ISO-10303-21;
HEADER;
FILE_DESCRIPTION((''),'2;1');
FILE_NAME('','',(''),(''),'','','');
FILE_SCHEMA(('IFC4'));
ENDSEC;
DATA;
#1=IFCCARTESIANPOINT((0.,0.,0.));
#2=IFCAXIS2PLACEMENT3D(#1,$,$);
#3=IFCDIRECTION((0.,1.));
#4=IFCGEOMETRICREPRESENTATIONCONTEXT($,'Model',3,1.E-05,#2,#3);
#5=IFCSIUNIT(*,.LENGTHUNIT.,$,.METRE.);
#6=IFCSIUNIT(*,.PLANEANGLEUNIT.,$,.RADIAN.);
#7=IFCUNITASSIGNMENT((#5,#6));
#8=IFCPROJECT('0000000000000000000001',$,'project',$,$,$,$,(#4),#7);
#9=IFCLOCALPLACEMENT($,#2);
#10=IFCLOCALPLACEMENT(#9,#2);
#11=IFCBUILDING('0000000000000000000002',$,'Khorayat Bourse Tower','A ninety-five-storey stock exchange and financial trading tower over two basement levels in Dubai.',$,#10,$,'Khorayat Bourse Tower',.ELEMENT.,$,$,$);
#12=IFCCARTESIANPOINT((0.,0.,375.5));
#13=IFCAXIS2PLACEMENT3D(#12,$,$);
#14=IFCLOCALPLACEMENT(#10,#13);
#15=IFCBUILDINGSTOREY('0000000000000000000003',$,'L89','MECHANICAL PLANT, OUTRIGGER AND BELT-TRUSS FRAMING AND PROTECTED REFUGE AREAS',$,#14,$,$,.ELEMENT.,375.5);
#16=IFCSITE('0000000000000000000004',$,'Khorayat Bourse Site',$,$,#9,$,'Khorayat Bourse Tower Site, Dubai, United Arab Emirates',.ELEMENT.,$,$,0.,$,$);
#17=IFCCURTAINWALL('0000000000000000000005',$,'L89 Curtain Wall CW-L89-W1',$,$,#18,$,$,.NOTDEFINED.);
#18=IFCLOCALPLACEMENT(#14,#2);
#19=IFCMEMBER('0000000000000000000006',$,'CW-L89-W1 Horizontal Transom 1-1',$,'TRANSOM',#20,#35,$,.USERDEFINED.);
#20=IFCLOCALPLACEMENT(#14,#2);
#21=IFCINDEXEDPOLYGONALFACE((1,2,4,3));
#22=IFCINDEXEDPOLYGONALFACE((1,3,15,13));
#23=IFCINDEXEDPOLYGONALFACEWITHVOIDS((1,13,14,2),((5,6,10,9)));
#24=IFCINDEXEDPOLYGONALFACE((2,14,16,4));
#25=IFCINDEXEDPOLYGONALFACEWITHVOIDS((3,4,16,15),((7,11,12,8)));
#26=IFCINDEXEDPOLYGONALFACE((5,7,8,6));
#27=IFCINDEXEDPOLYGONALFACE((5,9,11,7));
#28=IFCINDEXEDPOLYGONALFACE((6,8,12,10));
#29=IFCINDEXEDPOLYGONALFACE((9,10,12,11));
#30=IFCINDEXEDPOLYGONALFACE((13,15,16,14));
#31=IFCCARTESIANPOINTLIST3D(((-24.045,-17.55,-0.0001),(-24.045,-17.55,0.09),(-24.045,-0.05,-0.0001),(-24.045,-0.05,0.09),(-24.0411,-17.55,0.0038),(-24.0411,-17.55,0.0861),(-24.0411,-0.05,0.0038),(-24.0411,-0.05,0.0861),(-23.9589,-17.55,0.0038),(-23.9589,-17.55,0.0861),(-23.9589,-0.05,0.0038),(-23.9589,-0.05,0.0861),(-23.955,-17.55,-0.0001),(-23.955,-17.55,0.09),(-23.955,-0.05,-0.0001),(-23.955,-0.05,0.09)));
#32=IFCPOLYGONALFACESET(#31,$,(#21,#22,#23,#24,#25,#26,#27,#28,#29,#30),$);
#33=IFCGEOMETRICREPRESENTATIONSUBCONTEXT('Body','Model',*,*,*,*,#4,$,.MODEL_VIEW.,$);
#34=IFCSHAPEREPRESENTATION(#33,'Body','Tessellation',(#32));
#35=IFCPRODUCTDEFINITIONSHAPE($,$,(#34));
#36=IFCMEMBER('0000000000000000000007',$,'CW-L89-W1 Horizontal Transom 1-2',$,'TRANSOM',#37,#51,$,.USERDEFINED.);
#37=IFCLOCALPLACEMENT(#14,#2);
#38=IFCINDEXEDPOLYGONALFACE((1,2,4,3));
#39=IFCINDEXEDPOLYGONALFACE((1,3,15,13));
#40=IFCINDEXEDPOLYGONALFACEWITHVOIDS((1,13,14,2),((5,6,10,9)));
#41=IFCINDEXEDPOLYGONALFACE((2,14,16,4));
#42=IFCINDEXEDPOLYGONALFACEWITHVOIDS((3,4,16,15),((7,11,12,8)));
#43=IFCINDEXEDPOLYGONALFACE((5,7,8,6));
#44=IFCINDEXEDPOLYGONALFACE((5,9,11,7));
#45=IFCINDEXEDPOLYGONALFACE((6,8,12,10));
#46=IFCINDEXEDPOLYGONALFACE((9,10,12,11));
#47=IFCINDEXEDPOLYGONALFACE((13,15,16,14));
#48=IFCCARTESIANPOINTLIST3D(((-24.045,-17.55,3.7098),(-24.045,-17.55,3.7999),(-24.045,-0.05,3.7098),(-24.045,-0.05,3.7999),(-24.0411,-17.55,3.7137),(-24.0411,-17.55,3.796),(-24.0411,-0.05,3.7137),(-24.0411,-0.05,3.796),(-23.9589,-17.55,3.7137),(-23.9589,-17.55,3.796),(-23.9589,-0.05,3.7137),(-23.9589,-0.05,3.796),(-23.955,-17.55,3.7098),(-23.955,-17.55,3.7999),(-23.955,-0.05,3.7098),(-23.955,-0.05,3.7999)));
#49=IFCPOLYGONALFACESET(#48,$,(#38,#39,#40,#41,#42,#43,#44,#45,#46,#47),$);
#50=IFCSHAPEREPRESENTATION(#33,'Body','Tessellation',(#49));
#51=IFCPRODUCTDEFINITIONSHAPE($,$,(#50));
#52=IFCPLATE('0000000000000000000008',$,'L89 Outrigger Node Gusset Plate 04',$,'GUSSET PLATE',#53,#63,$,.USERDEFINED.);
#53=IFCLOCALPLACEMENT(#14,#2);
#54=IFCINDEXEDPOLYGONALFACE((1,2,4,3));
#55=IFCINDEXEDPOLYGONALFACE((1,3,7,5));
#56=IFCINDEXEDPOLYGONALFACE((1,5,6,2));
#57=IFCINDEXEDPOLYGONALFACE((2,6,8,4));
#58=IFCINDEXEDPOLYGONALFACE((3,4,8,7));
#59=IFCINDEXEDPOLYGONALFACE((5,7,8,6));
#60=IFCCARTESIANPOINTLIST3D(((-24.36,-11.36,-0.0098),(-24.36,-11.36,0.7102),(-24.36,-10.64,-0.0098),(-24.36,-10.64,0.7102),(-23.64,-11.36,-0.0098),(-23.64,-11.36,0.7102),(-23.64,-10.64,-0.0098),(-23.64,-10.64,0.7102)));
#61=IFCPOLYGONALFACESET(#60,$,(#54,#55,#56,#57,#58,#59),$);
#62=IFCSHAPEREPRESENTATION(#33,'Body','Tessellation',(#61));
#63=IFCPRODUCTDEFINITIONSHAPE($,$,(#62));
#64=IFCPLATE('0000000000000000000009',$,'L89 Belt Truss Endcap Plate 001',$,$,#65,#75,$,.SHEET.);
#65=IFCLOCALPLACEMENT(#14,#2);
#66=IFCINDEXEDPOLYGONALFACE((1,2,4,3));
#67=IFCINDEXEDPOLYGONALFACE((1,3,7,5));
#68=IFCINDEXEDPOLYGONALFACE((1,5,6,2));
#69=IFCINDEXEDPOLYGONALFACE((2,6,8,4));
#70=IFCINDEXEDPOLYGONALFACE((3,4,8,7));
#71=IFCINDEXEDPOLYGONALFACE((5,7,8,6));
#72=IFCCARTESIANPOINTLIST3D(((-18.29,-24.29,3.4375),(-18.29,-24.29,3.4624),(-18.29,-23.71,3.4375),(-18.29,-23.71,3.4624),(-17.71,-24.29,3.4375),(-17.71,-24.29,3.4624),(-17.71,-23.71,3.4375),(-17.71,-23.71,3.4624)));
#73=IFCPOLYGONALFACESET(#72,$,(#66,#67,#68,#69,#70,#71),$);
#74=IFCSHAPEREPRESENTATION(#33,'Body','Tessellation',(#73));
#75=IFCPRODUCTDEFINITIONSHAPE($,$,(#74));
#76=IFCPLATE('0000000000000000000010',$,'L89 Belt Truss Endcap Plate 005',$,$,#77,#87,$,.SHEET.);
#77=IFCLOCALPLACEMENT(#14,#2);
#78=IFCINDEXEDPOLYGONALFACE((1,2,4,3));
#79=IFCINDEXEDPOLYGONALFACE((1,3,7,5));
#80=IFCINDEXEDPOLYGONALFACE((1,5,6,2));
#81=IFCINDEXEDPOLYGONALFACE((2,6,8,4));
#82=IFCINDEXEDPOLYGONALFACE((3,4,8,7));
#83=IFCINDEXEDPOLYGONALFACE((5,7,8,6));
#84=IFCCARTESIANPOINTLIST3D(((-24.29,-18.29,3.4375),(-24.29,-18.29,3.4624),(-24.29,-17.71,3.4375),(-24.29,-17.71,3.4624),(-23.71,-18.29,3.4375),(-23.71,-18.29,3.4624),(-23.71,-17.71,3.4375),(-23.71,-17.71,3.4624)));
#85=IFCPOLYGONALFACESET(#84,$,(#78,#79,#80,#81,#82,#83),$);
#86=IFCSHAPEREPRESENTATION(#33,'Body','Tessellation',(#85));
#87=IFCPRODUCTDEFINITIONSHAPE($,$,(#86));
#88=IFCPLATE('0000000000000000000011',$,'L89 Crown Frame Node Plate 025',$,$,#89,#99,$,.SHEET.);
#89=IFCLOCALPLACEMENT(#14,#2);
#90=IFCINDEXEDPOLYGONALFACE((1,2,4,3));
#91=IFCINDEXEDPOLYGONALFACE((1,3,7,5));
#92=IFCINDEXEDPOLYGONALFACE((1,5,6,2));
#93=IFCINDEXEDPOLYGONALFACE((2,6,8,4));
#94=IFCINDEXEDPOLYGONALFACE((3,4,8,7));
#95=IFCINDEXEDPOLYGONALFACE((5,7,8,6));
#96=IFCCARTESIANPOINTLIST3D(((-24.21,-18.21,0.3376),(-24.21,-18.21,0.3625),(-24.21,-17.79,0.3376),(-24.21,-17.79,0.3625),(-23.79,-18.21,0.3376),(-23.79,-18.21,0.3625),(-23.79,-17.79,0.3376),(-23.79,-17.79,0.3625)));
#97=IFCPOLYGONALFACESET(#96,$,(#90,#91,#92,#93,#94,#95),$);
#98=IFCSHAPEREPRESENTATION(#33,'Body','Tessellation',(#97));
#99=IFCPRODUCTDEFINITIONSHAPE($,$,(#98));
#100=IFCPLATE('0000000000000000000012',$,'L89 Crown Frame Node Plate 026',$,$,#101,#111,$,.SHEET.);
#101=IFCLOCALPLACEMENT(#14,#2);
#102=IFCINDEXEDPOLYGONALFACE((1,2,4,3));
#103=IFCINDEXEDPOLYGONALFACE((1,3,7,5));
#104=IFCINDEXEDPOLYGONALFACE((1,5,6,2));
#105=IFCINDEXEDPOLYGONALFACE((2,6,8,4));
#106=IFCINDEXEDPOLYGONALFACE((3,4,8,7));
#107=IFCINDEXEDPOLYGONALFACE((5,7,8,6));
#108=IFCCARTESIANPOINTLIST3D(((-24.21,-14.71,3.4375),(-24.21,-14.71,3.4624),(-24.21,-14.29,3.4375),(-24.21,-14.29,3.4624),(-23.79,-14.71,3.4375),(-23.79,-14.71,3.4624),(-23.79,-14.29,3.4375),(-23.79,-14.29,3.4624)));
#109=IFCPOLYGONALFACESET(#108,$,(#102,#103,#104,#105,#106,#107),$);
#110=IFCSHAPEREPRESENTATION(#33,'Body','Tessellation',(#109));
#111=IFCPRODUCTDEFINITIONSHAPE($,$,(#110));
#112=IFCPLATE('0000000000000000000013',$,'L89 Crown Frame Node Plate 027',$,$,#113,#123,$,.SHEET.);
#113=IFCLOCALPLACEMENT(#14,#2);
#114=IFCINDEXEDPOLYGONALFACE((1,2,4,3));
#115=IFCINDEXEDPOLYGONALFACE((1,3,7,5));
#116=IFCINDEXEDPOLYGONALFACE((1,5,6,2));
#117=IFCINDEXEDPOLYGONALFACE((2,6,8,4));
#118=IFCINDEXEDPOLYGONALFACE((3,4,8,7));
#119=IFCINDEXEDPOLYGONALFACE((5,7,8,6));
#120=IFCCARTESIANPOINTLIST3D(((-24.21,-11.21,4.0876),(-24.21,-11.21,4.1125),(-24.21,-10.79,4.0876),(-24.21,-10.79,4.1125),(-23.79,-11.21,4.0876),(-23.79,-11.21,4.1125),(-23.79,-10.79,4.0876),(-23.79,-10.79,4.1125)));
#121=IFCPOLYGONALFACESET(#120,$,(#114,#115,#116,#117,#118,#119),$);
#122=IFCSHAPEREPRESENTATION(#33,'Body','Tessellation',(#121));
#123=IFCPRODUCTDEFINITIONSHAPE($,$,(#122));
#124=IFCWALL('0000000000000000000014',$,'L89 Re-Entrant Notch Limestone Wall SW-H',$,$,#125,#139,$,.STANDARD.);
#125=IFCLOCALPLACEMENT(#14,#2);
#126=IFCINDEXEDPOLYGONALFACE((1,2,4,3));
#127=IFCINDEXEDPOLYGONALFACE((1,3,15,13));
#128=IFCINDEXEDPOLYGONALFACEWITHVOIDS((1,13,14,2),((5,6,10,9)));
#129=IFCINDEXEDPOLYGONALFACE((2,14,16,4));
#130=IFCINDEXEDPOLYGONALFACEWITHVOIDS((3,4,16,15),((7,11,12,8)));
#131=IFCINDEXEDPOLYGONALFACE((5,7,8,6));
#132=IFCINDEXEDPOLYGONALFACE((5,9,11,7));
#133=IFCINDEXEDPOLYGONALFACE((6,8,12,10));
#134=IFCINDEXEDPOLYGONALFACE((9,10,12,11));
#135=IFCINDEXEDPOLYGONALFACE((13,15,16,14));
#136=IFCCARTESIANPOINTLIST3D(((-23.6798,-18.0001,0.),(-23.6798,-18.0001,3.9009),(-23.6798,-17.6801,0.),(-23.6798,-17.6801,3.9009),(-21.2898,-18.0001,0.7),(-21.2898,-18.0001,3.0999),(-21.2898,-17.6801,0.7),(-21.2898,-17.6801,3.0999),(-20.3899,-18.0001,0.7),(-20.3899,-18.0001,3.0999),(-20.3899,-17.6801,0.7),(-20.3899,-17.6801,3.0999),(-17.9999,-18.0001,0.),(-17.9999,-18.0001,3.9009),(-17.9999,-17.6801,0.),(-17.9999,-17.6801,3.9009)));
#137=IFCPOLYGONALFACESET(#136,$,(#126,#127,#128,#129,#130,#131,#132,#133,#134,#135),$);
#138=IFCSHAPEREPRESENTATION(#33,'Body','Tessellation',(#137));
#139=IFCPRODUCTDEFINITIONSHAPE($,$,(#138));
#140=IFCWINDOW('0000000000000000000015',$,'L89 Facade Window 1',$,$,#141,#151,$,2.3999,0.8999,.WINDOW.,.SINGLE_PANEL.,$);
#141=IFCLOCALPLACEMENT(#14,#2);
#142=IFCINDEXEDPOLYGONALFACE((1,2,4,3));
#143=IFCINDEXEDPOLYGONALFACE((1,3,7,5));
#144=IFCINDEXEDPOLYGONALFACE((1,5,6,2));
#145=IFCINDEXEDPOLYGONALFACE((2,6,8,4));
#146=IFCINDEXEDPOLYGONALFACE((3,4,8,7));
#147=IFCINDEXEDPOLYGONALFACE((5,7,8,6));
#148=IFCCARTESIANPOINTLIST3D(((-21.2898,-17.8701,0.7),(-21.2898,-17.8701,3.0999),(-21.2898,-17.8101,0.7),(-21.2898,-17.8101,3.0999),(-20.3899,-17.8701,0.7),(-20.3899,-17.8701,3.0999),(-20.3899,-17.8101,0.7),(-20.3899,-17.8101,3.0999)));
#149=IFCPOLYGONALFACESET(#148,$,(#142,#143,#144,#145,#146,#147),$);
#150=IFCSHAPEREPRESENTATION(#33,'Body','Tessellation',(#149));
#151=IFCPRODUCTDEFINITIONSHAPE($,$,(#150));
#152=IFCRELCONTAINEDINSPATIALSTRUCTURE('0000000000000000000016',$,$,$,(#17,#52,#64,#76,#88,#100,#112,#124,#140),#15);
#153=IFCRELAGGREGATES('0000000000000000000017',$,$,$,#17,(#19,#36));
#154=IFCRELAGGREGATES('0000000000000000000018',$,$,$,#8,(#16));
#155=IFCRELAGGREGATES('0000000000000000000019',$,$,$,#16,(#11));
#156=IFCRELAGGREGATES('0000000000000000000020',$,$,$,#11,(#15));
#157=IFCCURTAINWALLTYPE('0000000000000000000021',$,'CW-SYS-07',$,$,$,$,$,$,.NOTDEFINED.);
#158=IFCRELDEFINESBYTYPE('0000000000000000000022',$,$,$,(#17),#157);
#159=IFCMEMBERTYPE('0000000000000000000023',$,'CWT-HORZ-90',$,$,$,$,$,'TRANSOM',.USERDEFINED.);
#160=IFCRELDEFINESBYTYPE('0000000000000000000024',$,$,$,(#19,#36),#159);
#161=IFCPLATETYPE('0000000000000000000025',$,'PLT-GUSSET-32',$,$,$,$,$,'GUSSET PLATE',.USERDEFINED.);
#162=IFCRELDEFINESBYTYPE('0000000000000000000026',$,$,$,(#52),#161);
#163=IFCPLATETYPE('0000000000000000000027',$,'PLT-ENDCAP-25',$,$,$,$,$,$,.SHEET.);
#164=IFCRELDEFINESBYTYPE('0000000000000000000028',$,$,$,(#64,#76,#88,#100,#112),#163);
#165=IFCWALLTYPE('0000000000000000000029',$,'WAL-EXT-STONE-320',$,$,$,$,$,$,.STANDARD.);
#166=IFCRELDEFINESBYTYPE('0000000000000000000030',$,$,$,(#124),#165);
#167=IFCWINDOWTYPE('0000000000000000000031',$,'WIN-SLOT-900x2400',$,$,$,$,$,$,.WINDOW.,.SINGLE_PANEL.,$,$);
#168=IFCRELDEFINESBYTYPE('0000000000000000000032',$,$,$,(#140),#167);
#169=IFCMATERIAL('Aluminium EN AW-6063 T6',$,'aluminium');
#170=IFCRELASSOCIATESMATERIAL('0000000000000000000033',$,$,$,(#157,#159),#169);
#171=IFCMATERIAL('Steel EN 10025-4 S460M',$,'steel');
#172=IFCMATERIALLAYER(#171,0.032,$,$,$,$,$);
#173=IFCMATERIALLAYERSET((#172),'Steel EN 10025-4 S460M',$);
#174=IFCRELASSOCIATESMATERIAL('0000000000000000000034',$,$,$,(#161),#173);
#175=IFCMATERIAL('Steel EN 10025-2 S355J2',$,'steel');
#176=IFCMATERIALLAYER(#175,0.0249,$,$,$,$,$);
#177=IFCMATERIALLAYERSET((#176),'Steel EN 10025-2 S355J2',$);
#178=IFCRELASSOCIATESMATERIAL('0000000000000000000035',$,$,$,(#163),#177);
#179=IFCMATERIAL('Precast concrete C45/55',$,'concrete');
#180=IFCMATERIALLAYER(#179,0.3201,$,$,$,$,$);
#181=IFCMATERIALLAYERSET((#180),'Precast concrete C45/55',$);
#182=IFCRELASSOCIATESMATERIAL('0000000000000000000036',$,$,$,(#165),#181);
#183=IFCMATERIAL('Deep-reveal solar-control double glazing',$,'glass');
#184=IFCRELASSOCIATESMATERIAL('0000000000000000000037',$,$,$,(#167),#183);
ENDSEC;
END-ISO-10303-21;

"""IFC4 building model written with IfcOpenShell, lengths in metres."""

from ifc_helpers import new_model, si_unit, direction, frame, frame_2d, origin, origin_2d, place, context, subcontext, project, spatial, rectangle, hollow_rectangle, extrude, source, transform, mapped, material, layer, layer_set, material_profile, profile_set, type_object, element, fill, aggregate, save


model = new_model("IFC4")

# Units and contexts
model_context = context("Model", 3, precision=1e-05, world=origin(), true_north=direction((0.0, 1.0)))
body_context = subcontext(model_context, "Body", "Model", "MODEL_VIEW")
ifc_project = project(units=[si_unit("LENGTHUNIT", "METRE"), si_unit("PLANEANGLEUNIT", "RADIAN")], contexts=[model_context])

# Site, building, storey
site_placement = place(None, origin())
site = spatial("IfcSite", under=ifc_project, at=site_placement, Name="Khorayat Bourse Site", LongName="Khorayat Bourse Tower Site, Dubai, United Arab Emirates", CompositionType="ELEMENT", RefElevation=0.0)
building_placement = place(site_placement, origin())
building = spatial("IfcBuilding", under=site, at=building_placement, Name="Khorayat Bourse Tower", Description="A ninety-five-storey stock exchange and financial trading tower over two basement levels in Dubai.", LongName="Khorayat Bourse Tower", CompositionType="ELEMENT")
storey_placement = place(building_placement, frame((0.0, 0.0, 375.5)))
storey = spatial("IfcBuildingStorey", under=building, at=storey_placement, Name="L89", Description="MECHANICAL PLANT, OUTRIGGER AND BELT-TRUSS FRAMING AND PROTECTED REFUGE AREAS", CompositionType="ELEMENT", Elevation=375.5)

# Shared definitions
ifc_material_1 = material(Name="Steel EN 10025-2 S355J2", Category="steel")

# Shared definitions
ifc_material_2 = material(Name="Steel EN 10025-4 S460M", Category="steel")

# Curtain wall, members
ifc_material_3 = material(Name="Aluminium EN AW-6063 T6", Category="aluminium")
curtain_wall_type = type_object("IfcCurtainWallType", Name="CW-SYS-07", PredefinedType="NOTDEFINED", material=ifc_material_3)
curtain_wall_placement = place(storey_placement, origin())
curtain_wall = element("IfcCurtainWall", 1, at=curtain_wall_placement, inside=storey, type_object=curtain_wall_type, Name="L89 Curtain Wall CW-L89-W1", PredefinedType="NOTDEFINED")
ifc_material_profile_1 = material_profile(ifc_material_3, hollow_rectangle(XDim=0.0901, YDim=0.0901, WallThickness=0.0039, at=origin_2d()), Name="ALU 90x90x4")
ifc_profile_set_1 = profile_set([ifc_material_profile_1], Name="Aluminium EN AW-6063 T6")
member_type_1 = type_object("IfcMemberType", Name="CWT-HORZ-90", ElementType="TRANSOM", PredefinedType="USERDEFINED", material=ifc_profile_set_1)
shared_shape_1 = source(origin(), body_context, "Body", "SweptSolid", [
    extrude(hollow_rectangle(XDim=0.0901, YDim=0.0901, WallThickness=0.0039, at=origin_2d()), origin(), (0.0, 0.0, 1.0), 17.5),
])
member_1_placement = place(storey_placement, frame((-24.0, -17.55, 0.0449), z_axis=(0.0, 1.0, 0.0), x_axis=(-1.0, 0.0, 0.0)))
member_1 = element("IfcMember", 2, at=member_1_placement, type_object=member_type_1, Name="CW-L89-W1 Horizontal Transom 1-1", ObjectType="TRANSOM", PredefinedType="USERDEFINED", context=body_context, shape_type="MappedRepresentation", body=[
    mapped(shared_shape_1, transform((0.0, 0.0, 0.0), scale=1.0)),
])
member_2_placement = place(storey_placement, frame((-24.0, -17.55, 3.7549), z_axis=(0.0, 1.0, 0.0), x_axis=(-1.0, 0.0, 0.0)))
member_2 = element("IfcMember", 3, at=member_2_placement, type_object=member_type_1, Name="CW-L89-W1 Horizontal Transom 1-2", ObjectType="TRANSOM", PredefinedType="USERDEFINED", context=body_context, shape_type="MappedRepresentation", body=[
    mapped(shared_shape_1, transform((0.0, 0.0, 0.0), scale=1.0)),
])
aggregate(curtain_wall, [member_1, member_2])

# Plates
ifc_layer_1 = layer(ifc_material_2, 0.032)
ifc_layer_set_1 = layer_set([ifc_layer_1], Name="Steel EN 10025-4 S460M")
plate_type_1 = type_object("IfcPlateType", Name="PLT-GUSSET-32", ElementType="GUSSET PLATE", PredefinedType="USERDEFINED", material=ifc_layer_set_1)
shared_shape_2 = source(origin(), body_context, "Body", "SweptSolid", [
    extrude(rectangle(XDim=0.72, YDim=0.72, at=origin_2d()), origin(), (0.0, 0.0, 1.0), 0.72),
])
plate_placement = place(storey_placement, frame((-24.0, -11.0, -0.0098), z_axis=(0.0, 0.0, 1.0), x_axis=(1.0, 0.0, 0.0)))
element("IfcPlate", 4, at=plate_placement, inside=storey, type_object=plate_type_1, Name="L89 Outrigger Node Gusset Plate 04", ObjectType="GUSSET PLATE", PredefinedType="USERDEFINED", context=body_context, shape_type="MappedRepresentation", body=[
    mapped(shared_shape_2, transform((0.0, 0.0, 0.0), scale=1.0)),
])
ifc_layer_2 = layer(ifc_material_1, 0.0249)
ifc_layer_set_2 = layer_set([ifc_layer_2], Name="Steel EN 10025-2 S355J2")
plate_type_2 = type_object("IfcPlateType", Name="PLT-ENDCAP-25", PredefinedType="SHEET", material=ifc_layer_set_2)
shared_shape_3 = source(origin(), body_context, "Body", "SweptSolid", [
    extrude(rectangle(XDim=0.5801, YDim=0.5801, at=origin_2d()), origin(), (0.0, 0.0, 1.0), 0.0249),
])
for number, where, z_axis, x_axis, name in (
    (5, (-18.0, -24.0, 3.4375), (0.0, 0.0, 1.0), (1.0, 0.0, 0.0), "L89 Belt Truss Endcap Plate 001"),
    (6, (-24.0, -18.0, 3.4375), (0.0, 0.0, 1.0), (1.0, 0.0, 0.0), "L89 Belt Truss Endcap Plate 005"),
):
    element("IfcPlate", number, at=place(storey_placement, frame(where, z_axis=z_axis, x_axis=x_axis)), inside=storey, type_object=plate_type_2, Name=name, PredefinedType="SHEET", context=body_context, shape_type="MappedRepresentation", body=[
        mapped(shared_shape_3, transform((0.0, 0.0, 0.0), scale=1.0)),
    ])
shared_shape_4 = source(origin(), body_context, "Body", "SweptSolid", [
    extrude(rectangle(XDim=0.4199, YDim=0.4199, at=origin_2d()), origin(), (0.0, 0.0, 1.0), 0.0249),
])
for number, where, z_axis, x_axis, name in (
    (7, (-24.0, -18.0, 0.3376), (0.0, 0.0, 1.0), (1.0, 0.0, 0.0), "L89 Crown Frame Node Plate 025"),
    (8, (-24.0, -14.5, 3.4375), (0.0, 0.0, 1.0), (1.0, 0.0, 0.0), "L89 Crown Frame Node Plate 026"),
    (9, (-24.0, -11.0, 4.0876), (0.0, 0.0, 1.0), (1.0, 0.0, 0.0), "L89 Crown Frame Node Plate 027"),
):
    element("IfcPlate", number, at=place(storey_placement, frame(where, z_axis=z_axis, x_axis=x_axis)), inside=storey, type_object=plate_type_2, Name=name, PredefinedType="SHEET", context=body_context, shape_type="MappedRepresentation", body=[
        mapped(shared_shape_4, transform((0.0, 0.0, 0.0), scale=1.0)),
    ])

# Wall, opening, window
ifc_material_4 = material(Name="Precast concrete C45/55", Category="concrete")
ifc_layer_3 = layer(ifc_material_4, 0.3201)
ifc_layer_set_3 = layer_set([ifc_layer_3], Name="Precast concrete C45/55")
wall_type = type_object("IfcWallType", Name="WAL-EXT-STONE-320", PredefinedType="STANDARD", material=ifc_layer_set_3)
shared_shape_5 = source(origin(), body_context, "Body", "SweptSolid", [
    extrude(rectangle(XDim=5.6799, YDim=0.3201, at=frame_2d((2.8398, 0.0))), origin(), (0.0, 0.0, 1.0), 3.9009),
])
wall_placement = place(storey_placement, frame((-18.0, -17.8401, 0.0), z_axis=(0.0, 0.0, 1.0), x_axis=(-1.0, 0.0, 0.0)))
wall = element("IfcWall", 10, at=wall_placement, inside=storey, type_object=wall_type, Name="L89 Re-Entrant Notch Limestone Wall SW-H", PredefinedType="STANDARD", context=body_context, shape_type="MappedRepresentation", body=[
    mapped(shared_shape_5, transform((0.0, 0.0, 0.0), scale=1.0)),
])
shared_shape_6 = source(origin(), body_context, "Body", "SweptSolid", [
    extrude(rectangle(XDim=0.8999, YDim=2.3999, at=frame_2d((0.45, 1.2))), frame((0.0, 0.1699, 0.0), z_axis=(0.0, -1.0, 0.0), x_axis=(1.0, 0.0, 0.0)), (0.0, 0.0, 1.0), 0.3401),
])
opening_placement = place(wall_placement, frame((2.3899, 0.0, 0.7)))
opening = element("IfcOpeningElement", 11, at=opening_placement, cuts=wall, PredefinedType="OPENING", context=body_context, shape_type="MappedRepresentation", body=[
    mapped(shared_shape_6, transform((0.0, 0.0, 0.0), scale=1.0)),
])
ifc_material_5 = material(Name="Deep-reveal solar-control double glazing", Category="glass")
window_type = type_object("IfcWindowType", Name="WIN-SLOT-900x2400", PartitioningType="SINGLE_PANEL", PredefinedType="WINDOW", material=ifc_material_5)
shared_shape_7 = source(origin(), body_context, "Body", "SweptSolid", [
    extrude(rectangle(XDim=0.8999, YDim=2.3999, at=frame_2d((0.45, 1.2))), frame((0.0, 0.03, 0.0), z_axis=(0.0, -1.0, 0.0), x_axis=(1.0, 0.0, 0.0)), (0.0, 0.0, 1.0), 0.0601),
])
window_placement = place(opening_placement, origin())
window = element("IfcWindow", 12, at=window_placement, inside=storey, type_object=window_type, Name="L89 Facade Window 1", OverallHeight=2.3999, OverallWidth=0.8999, PartitioningType="SINGLE_PANEL", PredefinedType="WINDOW", context=body_context, shape_type="MappedRepresentation", body=[
    mapped(shared_shape_7, transform((0.0, 0.0, 0.0), scale=1.0)),
])
fill(opening, window)

save(model, "model.ifc")
